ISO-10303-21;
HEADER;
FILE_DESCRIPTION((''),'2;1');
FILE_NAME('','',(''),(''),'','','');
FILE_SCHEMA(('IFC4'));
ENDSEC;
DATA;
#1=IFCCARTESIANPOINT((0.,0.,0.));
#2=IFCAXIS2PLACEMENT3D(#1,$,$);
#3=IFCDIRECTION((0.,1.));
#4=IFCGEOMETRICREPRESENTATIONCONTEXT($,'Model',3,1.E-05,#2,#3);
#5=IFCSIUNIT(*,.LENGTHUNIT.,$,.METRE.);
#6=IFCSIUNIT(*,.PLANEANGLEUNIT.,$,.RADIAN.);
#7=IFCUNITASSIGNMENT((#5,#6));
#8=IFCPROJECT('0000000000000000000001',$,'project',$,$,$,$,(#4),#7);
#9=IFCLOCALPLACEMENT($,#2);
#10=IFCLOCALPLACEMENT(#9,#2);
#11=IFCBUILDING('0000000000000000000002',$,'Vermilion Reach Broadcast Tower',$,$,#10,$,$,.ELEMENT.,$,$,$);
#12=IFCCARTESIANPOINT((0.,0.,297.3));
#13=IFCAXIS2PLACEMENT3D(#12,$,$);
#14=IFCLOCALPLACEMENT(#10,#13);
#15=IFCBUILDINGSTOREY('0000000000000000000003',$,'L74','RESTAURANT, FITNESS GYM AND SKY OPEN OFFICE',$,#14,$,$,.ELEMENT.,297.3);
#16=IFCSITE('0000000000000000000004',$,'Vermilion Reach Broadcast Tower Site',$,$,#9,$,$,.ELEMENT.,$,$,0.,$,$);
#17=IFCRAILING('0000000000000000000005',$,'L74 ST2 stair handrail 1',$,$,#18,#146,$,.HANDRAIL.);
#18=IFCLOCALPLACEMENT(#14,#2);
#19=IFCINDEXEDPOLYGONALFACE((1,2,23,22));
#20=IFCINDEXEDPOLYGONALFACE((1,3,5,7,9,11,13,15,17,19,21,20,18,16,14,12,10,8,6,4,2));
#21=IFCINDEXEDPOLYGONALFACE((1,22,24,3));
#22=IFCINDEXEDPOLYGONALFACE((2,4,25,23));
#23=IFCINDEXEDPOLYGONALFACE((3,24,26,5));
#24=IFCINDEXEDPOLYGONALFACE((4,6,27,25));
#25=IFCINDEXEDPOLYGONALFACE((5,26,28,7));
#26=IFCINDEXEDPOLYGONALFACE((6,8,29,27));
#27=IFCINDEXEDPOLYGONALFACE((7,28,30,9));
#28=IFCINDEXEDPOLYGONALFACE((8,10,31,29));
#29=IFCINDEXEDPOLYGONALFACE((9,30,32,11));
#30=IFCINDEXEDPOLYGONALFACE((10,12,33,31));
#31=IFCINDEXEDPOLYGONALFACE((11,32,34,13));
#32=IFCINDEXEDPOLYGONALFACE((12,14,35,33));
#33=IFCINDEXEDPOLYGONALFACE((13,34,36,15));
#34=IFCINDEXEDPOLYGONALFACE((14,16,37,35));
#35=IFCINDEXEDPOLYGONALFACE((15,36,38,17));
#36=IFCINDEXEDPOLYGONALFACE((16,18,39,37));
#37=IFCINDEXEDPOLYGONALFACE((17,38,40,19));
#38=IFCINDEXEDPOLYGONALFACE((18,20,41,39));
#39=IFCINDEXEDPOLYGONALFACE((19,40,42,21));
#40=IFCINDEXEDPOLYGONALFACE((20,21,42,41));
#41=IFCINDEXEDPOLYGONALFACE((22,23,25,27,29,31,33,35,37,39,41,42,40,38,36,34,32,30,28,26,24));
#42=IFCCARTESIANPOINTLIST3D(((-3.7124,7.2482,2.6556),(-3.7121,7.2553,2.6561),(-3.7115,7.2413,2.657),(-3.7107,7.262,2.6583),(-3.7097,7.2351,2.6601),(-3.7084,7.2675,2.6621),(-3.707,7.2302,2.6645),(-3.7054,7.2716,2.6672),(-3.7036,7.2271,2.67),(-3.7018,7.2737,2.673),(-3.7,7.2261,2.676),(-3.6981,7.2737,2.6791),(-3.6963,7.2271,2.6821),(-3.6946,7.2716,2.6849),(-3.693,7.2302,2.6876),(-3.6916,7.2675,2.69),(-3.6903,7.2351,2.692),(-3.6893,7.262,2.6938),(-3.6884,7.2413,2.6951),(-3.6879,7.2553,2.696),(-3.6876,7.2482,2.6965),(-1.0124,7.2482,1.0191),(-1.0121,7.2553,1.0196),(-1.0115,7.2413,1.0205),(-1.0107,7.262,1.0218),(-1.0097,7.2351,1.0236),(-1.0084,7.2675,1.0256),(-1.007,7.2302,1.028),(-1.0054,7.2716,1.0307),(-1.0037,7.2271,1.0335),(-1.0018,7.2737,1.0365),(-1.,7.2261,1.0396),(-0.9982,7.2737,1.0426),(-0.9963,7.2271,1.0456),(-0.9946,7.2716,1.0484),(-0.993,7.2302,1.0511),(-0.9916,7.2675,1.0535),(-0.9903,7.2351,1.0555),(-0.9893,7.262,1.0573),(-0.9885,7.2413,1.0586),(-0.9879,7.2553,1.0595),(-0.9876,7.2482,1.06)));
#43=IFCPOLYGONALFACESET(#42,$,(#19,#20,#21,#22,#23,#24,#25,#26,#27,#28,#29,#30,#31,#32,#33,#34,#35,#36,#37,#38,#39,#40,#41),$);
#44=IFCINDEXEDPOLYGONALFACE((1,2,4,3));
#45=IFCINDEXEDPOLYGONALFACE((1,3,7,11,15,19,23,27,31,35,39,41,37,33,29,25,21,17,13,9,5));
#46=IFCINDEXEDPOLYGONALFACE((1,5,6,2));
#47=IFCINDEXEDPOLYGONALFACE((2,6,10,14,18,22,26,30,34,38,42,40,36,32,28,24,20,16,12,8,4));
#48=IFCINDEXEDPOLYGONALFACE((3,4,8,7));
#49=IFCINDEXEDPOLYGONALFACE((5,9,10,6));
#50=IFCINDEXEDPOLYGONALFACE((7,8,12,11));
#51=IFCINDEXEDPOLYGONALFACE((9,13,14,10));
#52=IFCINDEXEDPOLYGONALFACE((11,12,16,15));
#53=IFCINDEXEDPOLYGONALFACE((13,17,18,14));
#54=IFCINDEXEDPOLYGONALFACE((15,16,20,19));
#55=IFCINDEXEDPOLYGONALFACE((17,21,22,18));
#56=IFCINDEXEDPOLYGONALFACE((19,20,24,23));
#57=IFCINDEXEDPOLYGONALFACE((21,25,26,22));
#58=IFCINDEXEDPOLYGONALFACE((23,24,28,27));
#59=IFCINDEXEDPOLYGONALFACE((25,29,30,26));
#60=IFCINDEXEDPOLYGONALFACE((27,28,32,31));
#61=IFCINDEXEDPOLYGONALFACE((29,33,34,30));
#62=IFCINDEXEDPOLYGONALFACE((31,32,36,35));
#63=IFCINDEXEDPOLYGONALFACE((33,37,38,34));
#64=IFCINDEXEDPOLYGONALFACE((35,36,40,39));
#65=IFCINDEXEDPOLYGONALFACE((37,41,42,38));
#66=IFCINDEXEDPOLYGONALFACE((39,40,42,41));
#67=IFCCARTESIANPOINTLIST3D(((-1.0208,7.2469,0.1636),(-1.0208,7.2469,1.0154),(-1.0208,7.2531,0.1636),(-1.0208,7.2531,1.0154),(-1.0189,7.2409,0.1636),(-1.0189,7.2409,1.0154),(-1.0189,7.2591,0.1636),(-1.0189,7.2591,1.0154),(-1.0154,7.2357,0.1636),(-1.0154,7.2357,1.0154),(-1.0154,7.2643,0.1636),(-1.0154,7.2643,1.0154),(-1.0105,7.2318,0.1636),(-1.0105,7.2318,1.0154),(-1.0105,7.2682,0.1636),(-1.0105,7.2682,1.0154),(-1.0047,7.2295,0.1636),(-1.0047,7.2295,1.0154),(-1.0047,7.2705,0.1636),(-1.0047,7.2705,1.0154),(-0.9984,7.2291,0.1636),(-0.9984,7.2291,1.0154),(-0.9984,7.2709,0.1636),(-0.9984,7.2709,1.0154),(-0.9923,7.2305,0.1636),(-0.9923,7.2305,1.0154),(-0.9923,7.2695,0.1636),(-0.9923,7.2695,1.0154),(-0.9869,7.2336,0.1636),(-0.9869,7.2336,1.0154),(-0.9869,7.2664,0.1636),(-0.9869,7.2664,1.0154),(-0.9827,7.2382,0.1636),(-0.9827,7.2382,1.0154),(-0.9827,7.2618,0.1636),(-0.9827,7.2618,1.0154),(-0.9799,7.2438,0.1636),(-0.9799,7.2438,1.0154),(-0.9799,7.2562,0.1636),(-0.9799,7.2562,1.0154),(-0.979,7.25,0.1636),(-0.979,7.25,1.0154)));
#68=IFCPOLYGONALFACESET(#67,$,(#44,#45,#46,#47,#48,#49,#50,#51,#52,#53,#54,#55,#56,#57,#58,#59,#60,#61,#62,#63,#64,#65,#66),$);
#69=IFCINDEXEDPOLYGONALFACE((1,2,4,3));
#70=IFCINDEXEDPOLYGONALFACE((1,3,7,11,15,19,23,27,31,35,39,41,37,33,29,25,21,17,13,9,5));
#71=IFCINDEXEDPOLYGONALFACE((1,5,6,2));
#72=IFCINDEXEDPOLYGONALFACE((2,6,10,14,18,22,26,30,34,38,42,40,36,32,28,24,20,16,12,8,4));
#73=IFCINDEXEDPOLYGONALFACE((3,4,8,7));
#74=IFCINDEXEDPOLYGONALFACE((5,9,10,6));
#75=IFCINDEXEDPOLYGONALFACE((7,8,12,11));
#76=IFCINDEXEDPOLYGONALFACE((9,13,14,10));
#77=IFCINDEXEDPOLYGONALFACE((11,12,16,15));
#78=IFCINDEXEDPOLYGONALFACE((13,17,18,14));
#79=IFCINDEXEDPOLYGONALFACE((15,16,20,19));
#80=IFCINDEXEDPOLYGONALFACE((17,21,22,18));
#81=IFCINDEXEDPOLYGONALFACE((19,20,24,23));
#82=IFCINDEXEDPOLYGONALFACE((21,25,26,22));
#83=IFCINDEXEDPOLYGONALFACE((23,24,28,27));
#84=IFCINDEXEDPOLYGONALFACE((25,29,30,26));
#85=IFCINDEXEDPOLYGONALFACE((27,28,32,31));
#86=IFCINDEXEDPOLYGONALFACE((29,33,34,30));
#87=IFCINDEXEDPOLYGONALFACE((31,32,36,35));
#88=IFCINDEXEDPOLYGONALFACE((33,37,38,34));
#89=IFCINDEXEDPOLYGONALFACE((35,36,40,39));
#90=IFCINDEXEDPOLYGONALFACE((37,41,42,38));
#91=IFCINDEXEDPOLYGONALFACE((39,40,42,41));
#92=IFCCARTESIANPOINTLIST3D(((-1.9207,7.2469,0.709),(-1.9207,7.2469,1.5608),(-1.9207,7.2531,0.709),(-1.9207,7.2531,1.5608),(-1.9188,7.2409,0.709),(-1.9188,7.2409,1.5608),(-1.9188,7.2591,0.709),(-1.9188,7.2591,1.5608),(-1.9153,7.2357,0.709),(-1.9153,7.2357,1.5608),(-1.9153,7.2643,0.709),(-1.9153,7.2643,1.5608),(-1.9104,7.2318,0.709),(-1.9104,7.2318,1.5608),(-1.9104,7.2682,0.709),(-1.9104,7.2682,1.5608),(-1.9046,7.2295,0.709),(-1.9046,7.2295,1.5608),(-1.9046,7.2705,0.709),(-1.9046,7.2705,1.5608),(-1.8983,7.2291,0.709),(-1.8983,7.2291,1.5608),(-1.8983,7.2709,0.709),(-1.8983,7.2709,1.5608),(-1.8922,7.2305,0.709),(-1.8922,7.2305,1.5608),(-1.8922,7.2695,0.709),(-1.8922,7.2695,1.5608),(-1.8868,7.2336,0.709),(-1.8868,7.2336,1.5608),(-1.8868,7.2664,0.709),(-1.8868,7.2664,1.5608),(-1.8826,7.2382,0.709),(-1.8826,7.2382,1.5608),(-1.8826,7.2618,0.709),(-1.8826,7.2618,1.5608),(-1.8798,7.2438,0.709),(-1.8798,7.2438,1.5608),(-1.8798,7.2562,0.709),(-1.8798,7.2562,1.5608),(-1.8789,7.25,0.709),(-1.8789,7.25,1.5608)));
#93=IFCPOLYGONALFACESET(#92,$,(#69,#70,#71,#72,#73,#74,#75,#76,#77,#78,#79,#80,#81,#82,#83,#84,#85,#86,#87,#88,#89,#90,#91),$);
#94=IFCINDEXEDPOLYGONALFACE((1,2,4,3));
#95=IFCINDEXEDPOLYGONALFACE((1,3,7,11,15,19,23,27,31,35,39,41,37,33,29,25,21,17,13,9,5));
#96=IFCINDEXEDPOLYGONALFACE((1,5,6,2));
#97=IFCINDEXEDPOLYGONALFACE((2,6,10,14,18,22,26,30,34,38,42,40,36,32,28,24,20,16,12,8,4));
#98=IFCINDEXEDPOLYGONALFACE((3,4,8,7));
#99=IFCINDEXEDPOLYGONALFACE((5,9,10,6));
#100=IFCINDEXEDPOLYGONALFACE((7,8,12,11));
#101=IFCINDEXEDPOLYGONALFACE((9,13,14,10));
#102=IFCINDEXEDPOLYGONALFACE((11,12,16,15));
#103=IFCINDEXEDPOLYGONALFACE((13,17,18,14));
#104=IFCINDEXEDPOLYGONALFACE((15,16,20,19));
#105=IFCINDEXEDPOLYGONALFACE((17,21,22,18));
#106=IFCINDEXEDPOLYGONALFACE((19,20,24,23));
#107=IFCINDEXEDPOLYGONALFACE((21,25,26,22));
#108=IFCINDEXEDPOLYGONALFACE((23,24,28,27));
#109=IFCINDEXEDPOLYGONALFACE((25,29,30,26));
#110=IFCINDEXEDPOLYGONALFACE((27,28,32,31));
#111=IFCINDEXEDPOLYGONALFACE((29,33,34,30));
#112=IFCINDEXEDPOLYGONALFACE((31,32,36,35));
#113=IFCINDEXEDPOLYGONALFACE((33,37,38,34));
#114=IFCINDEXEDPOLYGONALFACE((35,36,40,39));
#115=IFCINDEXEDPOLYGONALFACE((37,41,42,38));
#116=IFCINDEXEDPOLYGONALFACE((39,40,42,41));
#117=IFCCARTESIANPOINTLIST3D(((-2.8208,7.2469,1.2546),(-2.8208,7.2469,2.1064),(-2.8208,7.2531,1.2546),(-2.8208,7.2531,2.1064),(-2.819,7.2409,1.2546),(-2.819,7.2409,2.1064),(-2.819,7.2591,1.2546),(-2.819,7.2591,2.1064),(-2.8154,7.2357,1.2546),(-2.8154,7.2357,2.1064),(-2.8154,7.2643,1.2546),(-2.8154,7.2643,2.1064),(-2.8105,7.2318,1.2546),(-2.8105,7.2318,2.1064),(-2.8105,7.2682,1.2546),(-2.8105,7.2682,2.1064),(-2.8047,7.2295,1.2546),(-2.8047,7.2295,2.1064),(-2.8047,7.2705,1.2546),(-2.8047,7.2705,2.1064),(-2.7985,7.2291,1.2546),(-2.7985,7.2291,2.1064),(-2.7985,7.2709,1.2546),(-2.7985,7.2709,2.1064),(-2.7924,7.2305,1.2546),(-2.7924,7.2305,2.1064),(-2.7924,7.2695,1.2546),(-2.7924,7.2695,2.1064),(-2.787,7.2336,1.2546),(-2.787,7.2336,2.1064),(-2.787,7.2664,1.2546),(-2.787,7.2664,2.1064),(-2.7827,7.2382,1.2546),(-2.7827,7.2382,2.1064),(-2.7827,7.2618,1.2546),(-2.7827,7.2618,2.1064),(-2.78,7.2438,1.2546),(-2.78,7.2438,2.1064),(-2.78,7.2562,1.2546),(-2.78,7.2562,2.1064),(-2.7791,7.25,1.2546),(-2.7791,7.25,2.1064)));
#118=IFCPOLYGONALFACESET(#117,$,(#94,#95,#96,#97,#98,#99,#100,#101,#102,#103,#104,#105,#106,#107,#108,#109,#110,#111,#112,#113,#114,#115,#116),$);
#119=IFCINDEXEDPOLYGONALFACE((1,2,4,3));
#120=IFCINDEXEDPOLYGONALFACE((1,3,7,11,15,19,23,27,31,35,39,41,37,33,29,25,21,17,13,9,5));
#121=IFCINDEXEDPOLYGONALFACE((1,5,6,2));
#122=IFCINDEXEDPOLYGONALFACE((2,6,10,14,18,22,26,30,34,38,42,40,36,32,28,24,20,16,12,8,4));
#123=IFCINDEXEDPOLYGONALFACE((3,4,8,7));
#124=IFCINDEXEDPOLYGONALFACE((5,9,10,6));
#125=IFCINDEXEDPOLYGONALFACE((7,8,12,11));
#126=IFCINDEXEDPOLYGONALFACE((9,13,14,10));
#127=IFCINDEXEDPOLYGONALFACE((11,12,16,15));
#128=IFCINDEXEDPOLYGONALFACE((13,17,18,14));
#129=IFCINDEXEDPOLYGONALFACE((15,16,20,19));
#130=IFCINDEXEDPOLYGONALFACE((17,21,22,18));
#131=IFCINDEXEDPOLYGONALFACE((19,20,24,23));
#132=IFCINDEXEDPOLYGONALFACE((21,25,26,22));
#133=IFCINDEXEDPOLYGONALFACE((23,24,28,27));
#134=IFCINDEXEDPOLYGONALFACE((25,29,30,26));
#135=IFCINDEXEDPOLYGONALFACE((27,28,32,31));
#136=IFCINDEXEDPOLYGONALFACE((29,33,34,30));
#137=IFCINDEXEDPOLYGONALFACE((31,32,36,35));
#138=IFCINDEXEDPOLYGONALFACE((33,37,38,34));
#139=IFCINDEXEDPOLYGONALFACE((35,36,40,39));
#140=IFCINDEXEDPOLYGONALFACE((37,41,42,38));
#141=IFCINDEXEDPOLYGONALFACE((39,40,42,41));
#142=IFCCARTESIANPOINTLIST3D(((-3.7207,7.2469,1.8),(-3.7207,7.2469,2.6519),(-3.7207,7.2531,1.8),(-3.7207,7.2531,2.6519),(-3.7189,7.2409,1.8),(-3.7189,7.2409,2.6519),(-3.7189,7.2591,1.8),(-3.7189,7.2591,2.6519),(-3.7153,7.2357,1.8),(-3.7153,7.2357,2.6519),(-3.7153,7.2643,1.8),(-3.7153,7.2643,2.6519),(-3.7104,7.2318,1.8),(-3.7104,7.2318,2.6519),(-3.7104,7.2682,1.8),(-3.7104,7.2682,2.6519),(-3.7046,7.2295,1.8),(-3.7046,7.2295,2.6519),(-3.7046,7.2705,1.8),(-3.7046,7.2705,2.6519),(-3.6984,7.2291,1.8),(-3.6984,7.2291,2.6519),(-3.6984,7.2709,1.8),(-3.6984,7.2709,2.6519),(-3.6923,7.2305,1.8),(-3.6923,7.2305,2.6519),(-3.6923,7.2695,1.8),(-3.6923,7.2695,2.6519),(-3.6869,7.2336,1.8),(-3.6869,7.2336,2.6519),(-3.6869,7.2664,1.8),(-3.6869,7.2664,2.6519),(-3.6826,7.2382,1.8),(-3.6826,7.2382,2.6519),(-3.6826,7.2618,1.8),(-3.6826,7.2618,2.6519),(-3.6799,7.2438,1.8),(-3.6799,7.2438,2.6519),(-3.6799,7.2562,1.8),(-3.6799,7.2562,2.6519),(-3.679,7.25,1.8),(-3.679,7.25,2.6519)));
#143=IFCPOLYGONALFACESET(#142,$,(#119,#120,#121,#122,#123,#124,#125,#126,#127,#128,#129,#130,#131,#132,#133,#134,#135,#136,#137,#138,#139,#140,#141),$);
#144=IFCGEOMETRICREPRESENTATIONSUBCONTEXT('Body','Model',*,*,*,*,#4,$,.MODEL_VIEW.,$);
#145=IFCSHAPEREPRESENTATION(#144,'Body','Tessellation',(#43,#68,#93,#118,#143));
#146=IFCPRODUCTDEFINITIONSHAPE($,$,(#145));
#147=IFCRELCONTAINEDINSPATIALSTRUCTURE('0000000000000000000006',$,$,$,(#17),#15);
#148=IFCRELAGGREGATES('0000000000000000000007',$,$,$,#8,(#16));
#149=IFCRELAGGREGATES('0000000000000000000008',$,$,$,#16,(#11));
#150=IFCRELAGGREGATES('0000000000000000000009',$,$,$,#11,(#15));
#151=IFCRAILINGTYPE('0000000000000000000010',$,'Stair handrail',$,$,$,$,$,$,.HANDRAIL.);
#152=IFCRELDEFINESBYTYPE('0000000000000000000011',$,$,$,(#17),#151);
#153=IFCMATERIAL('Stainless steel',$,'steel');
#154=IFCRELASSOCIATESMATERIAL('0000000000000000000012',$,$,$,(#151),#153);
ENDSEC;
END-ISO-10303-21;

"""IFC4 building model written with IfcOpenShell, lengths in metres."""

from ifc_helpers import new_model, si_unit, direction, frame, origin, origin_2d, place, context, subcontext, project, spatial, circle, extrude, material, type_object, element, save


model = new_model("IFC4")

# Units and contexts
model_context = context("Model", 3, precision=1e-05, world=origin(), true_north=direction((0.0, 1.0)))
body_context = subcontext(model_context, "Body", "Model", "MODEL_VIEW")
ifc_project = project(units=[si_unit("LENGTHUNIT", "METRE"), si_unit("PLANEANGLEUNIT", "RADIAN")], contexts=[model_context])

# Site, building, storey
site_placement = place(None, origin())
site = spatial("IfcSite", under=ifc_project, at=site_placement, Name="Vermilion Reach Broadcast Tower Site", CompositionType="ELEMENT", RefElevation=0.0)
building_placement = place(site_placement, origin())
building = spatial("IfcBuilding", under=site, at=building_placement, Name="Vermilion Reach Broadcast Tower", CompositionType="ELEMENT")
storey_placement = place(building_placement, frame((0.0, 0.0, 297.3)))
storey = spatial("IfcBuildingStorey", under=building, at=storey_placement, Name="L74", Description="RESTAURANT, FITNESS GYM AND SKY OPEN OFFICE", CompositionType="ELEMENT", Elevation=297.3)

# Railing
ifc_material_1 = material(Name="Stainless steel", Category="steel")
railing_type_1 = type_object("IfcRailingType", Name="Stair handrail", PredefinedType="HANDRAIL", material=ifc_material_1)
railing_1_placement = place(storey_placement, frame((-1.0, 7.25, 0.1636)))
element("IfcRailing", 1, at=railing_1_placement, inside=storey, type_object=railing_type_1, Name="L74 ST2 stair handrail 1", PredefinedType="HANDRAIL", context=body_context, shape_type="SweptSolid", body=[
    extrude(circle(Radius=0.0239, at=origin_2d()), frame((0.0, 0.0, 0.876), z_axis=(-0.855178, 0.0, 0.518334), x_axis=(0.0, -1.0, 0.0)), (0.0, 0.0, 1.0), 3.1572),
    extrude(circle(Radius=0.021, at=origin_2d()), origin(), (0.0, 0.0, 1.0), 0.8518),
    extrude(circle(Radius=0.021, at=origin_2d()), frame((-0.8999, 0.0, 0.5454)), (0.0, 0.0, 1.0), 0.8518),
    extrude(circle(Radius=0.021, at=origin_2d()), frame((-1.8, 0.0, 1.0911)), (0.0, 0.0, 1.0), 0.8518),
    extrude(circle(Radius=0.021, at=origin_2d()), frame((-2.7, 0.0, 1.6365)), (0.0, 0.0, 1.0), 0.8518),
])

save(model, "model.ifc")
